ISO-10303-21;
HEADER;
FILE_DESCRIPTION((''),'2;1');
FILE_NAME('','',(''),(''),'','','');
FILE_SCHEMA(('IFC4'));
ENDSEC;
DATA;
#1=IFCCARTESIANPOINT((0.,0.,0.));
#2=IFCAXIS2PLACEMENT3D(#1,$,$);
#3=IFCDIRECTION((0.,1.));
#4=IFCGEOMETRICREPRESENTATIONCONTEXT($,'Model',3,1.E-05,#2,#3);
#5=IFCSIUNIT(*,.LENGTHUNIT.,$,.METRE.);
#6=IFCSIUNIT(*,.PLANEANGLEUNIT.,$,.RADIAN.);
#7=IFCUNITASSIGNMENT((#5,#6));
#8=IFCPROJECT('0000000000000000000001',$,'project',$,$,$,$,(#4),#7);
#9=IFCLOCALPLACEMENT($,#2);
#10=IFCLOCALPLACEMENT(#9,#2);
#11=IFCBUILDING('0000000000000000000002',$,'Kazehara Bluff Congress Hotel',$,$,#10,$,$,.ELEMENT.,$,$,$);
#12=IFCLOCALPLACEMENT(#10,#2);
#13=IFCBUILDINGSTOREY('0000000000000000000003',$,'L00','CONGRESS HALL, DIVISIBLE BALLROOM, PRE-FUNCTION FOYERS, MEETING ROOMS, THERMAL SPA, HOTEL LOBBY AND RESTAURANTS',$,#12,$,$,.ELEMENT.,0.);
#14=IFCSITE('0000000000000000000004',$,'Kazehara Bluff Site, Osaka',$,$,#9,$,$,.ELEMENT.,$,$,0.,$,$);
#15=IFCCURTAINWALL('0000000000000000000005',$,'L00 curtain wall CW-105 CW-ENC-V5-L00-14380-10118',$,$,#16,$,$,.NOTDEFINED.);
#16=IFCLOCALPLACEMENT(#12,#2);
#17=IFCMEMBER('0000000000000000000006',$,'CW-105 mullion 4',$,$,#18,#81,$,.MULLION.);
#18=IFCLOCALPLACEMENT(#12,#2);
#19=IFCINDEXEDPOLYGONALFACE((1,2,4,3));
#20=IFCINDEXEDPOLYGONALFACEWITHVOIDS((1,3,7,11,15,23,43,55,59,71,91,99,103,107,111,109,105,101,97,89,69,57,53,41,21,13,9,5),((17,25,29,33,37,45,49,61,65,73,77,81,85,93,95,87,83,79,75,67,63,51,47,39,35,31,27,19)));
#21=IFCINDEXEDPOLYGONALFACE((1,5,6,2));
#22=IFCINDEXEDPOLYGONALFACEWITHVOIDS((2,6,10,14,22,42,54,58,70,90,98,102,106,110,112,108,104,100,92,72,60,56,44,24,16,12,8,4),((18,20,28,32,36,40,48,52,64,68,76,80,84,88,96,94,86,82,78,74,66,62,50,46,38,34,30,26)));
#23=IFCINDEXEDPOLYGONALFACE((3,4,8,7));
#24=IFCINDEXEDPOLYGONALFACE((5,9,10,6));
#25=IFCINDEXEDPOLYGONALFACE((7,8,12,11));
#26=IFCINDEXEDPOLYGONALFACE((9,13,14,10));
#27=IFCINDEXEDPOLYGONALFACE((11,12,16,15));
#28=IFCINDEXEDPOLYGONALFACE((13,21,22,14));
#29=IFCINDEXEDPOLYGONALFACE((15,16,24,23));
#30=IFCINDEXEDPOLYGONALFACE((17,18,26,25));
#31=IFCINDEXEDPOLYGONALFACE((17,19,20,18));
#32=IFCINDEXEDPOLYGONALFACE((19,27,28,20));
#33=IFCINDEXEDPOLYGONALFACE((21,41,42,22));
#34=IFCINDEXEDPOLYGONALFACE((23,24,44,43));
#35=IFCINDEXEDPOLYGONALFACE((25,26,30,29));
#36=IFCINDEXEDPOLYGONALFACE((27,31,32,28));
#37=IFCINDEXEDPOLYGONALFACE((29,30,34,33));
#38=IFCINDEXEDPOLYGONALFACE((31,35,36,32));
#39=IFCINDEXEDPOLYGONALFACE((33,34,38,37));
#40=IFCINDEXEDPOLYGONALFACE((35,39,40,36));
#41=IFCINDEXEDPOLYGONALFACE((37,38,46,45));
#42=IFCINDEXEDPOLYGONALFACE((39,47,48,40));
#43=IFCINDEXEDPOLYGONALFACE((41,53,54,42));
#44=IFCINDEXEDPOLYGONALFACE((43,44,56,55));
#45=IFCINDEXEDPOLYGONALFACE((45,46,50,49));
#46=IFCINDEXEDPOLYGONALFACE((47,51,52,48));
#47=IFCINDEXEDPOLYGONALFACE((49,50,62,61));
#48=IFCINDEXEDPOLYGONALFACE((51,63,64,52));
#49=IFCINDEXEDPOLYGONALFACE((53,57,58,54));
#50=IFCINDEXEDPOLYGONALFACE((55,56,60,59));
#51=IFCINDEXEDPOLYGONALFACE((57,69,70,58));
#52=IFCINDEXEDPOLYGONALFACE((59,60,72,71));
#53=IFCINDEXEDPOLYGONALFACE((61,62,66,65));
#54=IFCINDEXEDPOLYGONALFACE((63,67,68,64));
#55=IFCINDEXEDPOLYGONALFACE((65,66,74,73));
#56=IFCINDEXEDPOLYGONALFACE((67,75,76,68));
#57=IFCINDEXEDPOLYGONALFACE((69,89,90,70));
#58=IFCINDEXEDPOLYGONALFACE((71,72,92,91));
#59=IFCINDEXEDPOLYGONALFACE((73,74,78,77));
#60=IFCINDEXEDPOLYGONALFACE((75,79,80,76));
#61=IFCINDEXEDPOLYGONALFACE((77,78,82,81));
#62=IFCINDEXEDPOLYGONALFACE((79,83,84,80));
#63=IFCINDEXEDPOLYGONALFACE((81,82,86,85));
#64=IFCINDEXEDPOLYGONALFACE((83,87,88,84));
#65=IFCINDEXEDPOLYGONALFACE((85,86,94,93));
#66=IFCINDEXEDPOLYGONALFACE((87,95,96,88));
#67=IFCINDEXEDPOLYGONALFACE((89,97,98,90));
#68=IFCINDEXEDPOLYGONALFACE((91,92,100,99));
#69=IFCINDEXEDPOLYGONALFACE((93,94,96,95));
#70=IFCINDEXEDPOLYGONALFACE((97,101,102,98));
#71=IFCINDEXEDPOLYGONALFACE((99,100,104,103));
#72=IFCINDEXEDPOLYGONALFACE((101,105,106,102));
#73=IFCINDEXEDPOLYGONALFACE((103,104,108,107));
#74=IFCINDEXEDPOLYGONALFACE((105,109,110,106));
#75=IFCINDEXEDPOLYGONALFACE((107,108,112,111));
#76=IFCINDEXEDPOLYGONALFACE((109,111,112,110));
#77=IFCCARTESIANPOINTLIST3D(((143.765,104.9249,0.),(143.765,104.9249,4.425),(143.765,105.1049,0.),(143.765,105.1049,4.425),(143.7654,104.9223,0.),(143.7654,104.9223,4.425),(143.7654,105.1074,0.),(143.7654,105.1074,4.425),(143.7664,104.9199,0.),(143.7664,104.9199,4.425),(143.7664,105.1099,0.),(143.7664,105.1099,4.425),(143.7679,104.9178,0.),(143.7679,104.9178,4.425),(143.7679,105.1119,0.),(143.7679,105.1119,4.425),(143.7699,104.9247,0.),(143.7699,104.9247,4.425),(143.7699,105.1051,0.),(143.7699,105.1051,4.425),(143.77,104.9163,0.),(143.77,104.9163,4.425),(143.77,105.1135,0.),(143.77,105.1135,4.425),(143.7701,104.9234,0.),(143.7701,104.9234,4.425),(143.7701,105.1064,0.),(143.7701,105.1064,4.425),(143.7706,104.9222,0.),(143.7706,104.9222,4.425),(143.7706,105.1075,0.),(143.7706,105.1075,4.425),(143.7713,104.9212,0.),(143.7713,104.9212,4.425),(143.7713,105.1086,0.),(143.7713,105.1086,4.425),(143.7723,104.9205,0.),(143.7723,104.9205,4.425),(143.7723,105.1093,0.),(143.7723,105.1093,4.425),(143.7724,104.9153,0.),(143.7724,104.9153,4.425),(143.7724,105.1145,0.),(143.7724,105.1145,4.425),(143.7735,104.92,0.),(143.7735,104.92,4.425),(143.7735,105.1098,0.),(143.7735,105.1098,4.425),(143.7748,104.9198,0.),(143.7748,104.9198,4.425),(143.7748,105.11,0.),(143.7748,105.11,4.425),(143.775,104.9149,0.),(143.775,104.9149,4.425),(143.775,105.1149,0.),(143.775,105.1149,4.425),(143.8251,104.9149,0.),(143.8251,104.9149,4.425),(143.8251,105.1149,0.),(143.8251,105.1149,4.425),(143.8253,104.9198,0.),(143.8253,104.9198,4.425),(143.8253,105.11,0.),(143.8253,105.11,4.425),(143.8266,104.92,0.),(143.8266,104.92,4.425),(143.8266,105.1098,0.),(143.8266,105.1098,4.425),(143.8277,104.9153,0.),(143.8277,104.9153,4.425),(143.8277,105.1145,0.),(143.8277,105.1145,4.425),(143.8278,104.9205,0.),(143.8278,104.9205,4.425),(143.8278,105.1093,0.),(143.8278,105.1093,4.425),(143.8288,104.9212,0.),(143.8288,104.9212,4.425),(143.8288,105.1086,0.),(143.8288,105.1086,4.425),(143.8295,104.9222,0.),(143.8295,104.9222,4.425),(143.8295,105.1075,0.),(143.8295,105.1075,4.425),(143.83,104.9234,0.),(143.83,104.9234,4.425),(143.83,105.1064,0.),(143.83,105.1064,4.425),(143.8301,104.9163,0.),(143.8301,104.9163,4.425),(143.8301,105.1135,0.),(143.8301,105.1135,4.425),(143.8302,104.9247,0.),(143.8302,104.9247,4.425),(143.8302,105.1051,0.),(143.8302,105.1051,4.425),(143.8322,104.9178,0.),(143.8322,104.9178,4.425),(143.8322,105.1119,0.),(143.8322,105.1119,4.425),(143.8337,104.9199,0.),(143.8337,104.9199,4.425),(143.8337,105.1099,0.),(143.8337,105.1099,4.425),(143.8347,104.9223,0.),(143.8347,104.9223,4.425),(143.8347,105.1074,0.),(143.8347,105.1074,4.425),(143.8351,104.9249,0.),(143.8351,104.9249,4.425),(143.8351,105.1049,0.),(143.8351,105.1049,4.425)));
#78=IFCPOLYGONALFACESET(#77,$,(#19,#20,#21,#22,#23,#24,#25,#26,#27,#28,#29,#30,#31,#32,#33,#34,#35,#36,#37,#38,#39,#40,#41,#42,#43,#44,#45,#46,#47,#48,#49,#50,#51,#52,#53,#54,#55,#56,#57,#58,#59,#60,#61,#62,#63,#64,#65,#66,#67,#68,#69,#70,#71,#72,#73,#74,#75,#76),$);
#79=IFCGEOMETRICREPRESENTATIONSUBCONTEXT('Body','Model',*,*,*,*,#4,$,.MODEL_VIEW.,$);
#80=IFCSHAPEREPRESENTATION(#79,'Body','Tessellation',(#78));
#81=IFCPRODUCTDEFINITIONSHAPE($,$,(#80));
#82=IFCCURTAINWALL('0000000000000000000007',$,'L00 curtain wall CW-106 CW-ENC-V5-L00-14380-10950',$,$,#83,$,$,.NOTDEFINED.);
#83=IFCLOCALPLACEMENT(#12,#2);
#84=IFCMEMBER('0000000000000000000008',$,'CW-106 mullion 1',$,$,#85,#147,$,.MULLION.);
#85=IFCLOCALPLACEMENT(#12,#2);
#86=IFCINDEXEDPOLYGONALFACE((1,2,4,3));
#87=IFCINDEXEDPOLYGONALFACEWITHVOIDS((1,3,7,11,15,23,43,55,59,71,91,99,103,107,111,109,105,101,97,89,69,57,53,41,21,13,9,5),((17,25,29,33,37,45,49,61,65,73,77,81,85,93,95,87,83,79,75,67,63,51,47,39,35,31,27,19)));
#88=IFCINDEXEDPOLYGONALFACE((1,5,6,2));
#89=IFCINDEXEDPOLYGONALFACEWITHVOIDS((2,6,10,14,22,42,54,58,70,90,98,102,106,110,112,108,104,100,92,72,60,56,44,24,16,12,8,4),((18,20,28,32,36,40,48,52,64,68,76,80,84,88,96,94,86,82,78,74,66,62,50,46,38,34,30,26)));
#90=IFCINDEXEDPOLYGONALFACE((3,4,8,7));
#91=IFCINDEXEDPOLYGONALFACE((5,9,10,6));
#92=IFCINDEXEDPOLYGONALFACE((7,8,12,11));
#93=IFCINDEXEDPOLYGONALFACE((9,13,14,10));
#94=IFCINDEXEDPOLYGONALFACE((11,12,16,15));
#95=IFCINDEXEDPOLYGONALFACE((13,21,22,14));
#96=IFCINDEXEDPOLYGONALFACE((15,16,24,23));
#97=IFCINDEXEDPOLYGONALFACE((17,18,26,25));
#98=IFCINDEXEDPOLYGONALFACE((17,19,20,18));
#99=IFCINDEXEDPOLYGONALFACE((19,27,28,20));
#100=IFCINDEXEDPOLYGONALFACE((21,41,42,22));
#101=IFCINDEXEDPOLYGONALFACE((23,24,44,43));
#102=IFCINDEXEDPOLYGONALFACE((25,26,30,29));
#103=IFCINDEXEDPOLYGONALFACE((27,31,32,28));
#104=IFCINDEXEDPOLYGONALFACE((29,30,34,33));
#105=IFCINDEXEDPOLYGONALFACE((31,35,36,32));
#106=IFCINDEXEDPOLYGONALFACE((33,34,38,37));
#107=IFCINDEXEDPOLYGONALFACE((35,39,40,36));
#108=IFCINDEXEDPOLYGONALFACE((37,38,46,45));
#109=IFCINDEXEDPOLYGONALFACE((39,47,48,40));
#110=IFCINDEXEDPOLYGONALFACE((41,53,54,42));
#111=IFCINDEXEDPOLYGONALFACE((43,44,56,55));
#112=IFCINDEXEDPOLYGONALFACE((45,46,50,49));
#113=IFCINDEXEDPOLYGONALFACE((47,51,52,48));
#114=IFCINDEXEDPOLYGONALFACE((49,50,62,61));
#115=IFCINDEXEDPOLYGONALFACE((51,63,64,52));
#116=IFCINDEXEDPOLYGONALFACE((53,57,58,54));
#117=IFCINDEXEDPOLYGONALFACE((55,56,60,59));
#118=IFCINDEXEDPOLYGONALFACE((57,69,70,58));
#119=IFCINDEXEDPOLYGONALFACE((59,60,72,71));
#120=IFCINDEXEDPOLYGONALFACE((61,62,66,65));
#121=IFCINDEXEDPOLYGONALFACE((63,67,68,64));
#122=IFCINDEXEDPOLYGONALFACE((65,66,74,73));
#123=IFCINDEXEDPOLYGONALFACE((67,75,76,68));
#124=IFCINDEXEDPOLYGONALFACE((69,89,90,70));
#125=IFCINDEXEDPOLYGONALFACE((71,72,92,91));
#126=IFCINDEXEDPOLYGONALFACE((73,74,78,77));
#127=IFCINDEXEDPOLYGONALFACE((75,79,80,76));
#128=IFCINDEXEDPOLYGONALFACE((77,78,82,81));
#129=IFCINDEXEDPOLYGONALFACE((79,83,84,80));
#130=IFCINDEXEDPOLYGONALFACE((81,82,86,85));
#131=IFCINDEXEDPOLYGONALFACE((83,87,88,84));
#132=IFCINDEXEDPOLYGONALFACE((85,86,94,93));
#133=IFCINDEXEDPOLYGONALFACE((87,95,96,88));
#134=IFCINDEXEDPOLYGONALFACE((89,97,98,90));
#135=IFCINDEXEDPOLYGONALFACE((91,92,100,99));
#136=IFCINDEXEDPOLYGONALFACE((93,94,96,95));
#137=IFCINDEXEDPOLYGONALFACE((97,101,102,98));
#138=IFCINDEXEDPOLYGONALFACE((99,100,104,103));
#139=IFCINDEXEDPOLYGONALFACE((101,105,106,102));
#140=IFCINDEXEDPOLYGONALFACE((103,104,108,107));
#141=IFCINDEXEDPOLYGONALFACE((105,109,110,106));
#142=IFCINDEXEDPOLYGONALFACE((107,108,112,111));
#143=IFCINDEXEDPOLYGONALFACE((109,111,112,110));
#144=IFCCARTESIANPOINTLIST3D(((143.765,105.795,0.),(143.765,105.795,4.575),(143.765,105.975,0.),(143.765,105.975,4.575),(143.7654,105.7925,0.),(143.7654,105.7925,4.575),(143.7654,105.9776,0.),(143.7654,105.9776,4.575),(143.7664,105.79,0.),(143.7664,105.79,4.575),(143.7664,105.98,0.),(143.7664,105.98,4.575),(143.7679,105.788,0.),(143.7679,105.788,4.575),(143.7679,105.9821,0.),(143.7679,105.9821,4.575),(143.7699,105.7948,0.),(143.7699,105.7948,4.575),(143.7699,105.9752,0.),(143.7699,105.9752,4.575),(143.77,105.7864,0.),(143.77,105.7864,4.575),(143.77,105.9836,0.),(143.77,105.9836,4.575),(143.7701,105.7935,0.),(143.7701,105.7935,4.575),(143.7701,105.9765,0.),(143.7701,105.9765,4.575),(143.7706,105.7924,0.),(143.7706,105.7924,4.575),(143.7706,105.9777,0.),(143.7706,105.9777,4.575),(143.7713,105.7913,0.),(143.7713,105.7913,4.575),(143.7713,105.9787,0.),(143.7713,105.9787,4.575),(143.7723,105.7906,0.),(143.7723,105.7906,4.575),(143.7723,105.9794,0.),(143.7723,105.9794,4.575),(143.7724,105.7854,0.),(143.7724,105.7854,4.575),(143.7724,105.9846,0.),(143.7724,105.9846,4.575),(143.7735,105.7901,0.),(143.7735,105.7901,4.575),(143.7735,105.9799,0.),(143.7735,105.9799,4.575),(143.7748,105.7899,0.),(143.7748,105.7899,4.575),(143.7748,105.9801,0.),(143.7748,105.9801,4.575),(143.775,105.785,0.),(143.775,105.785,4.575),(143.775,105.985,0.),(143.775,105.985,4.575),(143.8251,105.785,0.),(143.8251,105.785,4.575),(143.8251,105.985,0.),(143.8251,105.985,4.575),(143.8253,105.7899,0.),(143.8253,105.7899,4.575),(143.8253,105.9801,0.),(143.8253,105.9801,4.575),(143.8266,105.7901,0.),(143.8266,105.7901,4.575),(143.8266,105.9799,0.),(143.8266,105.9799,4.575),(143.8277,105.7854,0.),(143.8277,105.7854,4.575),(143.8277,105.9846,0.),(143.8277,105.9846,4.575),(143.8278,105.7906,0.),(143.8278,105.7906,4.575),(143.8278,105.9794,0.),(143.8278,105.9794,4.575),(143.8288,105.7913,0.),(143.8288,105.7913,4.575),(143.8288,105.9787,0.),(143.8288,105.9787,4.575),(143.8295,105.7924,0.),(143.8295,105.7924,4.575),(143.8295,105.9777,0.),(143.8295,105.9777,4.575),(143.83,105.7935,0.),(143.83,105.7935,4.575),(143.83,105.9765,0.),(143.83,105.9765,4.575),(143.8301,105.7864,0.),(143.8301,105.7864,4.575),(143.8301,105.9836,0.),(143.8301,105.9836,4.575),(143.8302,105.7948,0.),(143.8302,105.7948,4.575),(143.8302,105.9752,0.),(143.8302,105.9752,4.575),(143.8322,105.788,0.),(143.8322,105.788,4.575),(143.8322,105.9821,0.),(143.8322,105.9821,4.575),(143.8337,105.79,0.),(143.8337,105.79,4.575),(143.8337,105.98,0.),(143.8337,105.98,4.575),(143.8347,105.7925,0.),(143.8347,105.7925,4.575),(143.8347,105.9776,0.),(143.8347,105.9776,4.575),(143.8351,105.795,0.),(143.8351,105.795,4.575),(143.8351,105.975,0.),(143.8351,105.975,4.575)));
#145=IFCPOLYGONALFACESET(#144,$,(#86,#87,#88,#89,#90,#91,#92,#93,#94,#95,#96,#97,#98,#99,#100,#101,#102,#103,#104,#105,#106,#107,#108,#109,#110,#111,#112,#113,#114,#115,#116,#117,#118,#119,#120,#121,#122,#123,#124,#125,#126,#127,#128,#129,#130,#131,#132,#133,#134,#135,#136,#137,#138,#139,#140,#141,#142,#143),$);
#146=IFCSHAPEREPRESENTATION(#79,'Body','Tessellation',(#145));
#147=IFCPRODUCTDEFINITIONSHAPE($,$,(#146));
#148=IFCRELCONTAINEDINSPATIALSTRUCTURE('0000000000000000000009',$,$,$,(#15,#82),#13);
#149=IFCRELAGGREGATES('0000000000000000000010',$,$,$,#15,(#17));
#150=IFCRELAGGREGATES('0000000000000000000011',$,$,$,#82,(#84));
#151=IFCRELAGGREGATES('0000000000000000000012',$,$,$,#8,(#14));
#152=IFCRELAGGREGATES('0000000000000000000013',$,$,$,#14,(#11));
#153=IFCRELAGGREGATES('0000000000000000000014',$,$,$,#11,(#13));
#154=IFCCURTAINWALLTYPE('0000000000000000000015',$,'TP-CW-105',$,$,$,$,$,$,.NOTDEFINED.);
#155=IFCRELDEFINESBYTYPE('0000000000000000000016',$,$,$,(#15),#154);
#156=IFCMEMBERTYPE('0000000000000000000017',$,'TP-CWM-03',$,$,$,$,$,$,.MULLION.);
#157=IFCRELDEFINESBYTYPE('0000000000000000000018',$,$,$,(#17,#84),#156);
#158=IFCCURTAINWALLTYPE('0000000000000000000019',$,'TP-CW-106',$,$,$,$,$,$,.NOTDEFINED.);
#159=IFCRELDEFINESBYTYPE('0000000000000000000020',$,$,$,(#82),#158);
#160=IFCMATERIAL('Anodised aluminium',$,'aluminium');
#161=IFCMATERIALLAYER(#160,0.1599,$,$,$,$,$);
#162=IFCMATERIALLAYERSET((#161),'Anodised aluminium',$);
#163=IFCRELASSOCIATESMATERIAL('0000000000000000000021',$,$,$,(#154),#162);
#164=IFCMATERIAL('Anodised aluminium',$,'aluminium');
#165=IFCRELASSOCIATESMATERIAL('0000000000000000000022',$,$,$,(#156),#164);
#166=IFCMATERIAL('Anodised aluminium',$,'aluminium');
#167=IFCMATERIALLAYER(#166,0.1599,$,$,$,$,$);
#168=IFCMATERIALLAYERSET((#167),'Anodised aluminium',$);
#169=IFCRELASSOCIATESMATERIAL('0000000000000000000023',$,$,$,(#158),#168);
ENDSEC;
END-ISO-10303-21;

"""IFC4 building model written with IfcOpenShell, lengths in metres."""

from ifc_helpers import new_model, si_unit, direction, frame, origin, origin_2d, place, context, subcontext, project, spatial, hollow_rectangle, extrude, material, layer, layer_set, material_profile, profile_set, type_object, element, aggregate, save


model = new_model("IFC4")

# Units and contexts
model_context = context("Model", 3, precision=1e-05, world=origin(), true_north=direction((0.0, 1.0)))
body_context = subcontext(model_context, "Body", "Model", "MODEL_VIEW")
ifc_project = project(units=[si_unit("LENGTHUNIT", "METRE"), si_unit("PLANEANGLEUNIT", "RADIAN")], contexts=[model_context])

# Site, building, storey
site_placement = place(None, origin())
site = spatial("IfcSite", under=ifc_project, at=site_placement, Name="Kazehara Bluff Site, Osaka", CompositionType="ELEMENT", RefElevation=0.0)
building_placement = place(site_placement, origin())
building = spatial("IfcBuilding", under=site, at=building_placement, Name="Kazehara Bluff Congress Hotel", CompositionType="ELEMENT")
storey_placement = place(building_placement, origin())
storey = spatial("IfcBuildingStorey", under=building, at=storey_placement, Name="L00", Description="CONGRESS HALL, DIVISIBLE BALLROOM, PRE-FUNCTION FOYERS, MEETING ROOMS, THERMAL SPA, HOTEL LOBBY AND RESTAURANTS", CompositionType="ELEMENT", Elevation=0.0)

# Curtain wall, member
ifc_material_1 = material(Name="Anodised aluminium", Category="aluminium")
ifc_layer_1 = layer(ifc_material_1, 0.1599)
ifc_layer_set_1 = layer_set([ifc_layer_1], Name="Anodised aluminium")
curtain_wall_type_1 = type_object("IfcCurtainWallType", Name="TP-CW-105", PredefinedType="NOTDEFINED", material=ifc_layer_set_1)
curtain_wall_1_placement = place(storey_placement, origin())
curtain_wall_1 = element("IfcCurtainWall", 1, at=curtain_wall_1_placement, inside=storey, type_object=curtain_wall_type_1, Name="L00 curtain wall CW-105 CW-ENC-V5-L00-14380-10118", PredefinedType="NOTDEFINED")
ifc_material_2 = material(Name="Anodised aluminium", Category="aluminium")
ifc_material_profile_1 = material_profile(ifc_material_2, hollow_rectangle(XDim=0.0701, YDim=0.2, WallThickness=0.0049, InnerFilletRadius=0.0049, OuterFilletRadius=0.01, at=origin_2d()))
ifc_profile_set_1 = profile_set([ifc_material_profile_1], Name="Anodised aluminium")
member_type_1 = type_object("IfcMemberType", Name="TP-CWM-03", PredefinedType="MULLION", material=ifc_profile_set_1)
member_1_placement = place(storey_placement, frame((143.8, 105.0149, 0.0), z_axis=(0.0, 0.0, 1.0), x_axis=(-1.0, 0.0, 0.0)))
member_1 = element("IfcMember", 2, at=member_1_placement, type_object=member_type_1, Name="CW-105 mullion 4", PredefinedType="MULLION", context=body_context, shape_type="SweptSolid", body=[
    extrude(hollow_rectangle(XDim=0.0701, YDim=0.2, WallThickness=0.0049, InnerFilletRadius=0.0049, OuterFilletRadius=0.01, at=origin_2d()), origin(), (0.0, 0.0, 1.0), 4.425),
])

# Curtain wall, member
ifc_material_3 = material(Name="Anodised aluminium", Category="aluminium")
ifc_layer_2 = layer(ifc_material_3, 0.1599)
ifc_layer_set_2 = layer_set([ifc_layer_2], Name="Anodised aluminium")
curtain_wall_type_2 = type_object("IfcCurtainWallType", Name="TP-CW-106", PredefinedType="NOTDEFINED", material=ifc_layer_set_2)
curtain_wall_2_placement = place(storey_placement, origin())
curtain_wall_2 = element("IfcCurtainWall", 3, at=curtain_wall_2_placement, inside=storey, type_object=curtain_wall_type_2, Name="L00 curtain wall CW-106 CW-ENC-V5-L00-14380-10950", PredefinedType="NOTDEFINED")
member_2_placement = place(storey_placement, frame((143.8, 105.885, 0.0), z_axis=(0.0, 0.0, 1.0), x_axis=(-1.0, 0.0, 0.0)))
member_2 = element("IfcMember", 4, at=member_2_placement, type_object=member_type_1, Name="CW-106 mullion 1", PredefinedType="MULLION", context=body_context, shape_type="SweptSolid", body=[
    extrude(hollow_rectangle(XDim=0.0701, YDim=0.2, WallThickness=0.0049, InnerFilletRadius=0.0049, OuterFilletRadius=0.01, at=origin_2d()), origin(), (0.0, 0.0, 1.0), 4.575),
])

aggregate(curtain_wall_1, [member_1])
aggregate(curtain_wall_2, [member_2])

save(model, "model.ifc")
